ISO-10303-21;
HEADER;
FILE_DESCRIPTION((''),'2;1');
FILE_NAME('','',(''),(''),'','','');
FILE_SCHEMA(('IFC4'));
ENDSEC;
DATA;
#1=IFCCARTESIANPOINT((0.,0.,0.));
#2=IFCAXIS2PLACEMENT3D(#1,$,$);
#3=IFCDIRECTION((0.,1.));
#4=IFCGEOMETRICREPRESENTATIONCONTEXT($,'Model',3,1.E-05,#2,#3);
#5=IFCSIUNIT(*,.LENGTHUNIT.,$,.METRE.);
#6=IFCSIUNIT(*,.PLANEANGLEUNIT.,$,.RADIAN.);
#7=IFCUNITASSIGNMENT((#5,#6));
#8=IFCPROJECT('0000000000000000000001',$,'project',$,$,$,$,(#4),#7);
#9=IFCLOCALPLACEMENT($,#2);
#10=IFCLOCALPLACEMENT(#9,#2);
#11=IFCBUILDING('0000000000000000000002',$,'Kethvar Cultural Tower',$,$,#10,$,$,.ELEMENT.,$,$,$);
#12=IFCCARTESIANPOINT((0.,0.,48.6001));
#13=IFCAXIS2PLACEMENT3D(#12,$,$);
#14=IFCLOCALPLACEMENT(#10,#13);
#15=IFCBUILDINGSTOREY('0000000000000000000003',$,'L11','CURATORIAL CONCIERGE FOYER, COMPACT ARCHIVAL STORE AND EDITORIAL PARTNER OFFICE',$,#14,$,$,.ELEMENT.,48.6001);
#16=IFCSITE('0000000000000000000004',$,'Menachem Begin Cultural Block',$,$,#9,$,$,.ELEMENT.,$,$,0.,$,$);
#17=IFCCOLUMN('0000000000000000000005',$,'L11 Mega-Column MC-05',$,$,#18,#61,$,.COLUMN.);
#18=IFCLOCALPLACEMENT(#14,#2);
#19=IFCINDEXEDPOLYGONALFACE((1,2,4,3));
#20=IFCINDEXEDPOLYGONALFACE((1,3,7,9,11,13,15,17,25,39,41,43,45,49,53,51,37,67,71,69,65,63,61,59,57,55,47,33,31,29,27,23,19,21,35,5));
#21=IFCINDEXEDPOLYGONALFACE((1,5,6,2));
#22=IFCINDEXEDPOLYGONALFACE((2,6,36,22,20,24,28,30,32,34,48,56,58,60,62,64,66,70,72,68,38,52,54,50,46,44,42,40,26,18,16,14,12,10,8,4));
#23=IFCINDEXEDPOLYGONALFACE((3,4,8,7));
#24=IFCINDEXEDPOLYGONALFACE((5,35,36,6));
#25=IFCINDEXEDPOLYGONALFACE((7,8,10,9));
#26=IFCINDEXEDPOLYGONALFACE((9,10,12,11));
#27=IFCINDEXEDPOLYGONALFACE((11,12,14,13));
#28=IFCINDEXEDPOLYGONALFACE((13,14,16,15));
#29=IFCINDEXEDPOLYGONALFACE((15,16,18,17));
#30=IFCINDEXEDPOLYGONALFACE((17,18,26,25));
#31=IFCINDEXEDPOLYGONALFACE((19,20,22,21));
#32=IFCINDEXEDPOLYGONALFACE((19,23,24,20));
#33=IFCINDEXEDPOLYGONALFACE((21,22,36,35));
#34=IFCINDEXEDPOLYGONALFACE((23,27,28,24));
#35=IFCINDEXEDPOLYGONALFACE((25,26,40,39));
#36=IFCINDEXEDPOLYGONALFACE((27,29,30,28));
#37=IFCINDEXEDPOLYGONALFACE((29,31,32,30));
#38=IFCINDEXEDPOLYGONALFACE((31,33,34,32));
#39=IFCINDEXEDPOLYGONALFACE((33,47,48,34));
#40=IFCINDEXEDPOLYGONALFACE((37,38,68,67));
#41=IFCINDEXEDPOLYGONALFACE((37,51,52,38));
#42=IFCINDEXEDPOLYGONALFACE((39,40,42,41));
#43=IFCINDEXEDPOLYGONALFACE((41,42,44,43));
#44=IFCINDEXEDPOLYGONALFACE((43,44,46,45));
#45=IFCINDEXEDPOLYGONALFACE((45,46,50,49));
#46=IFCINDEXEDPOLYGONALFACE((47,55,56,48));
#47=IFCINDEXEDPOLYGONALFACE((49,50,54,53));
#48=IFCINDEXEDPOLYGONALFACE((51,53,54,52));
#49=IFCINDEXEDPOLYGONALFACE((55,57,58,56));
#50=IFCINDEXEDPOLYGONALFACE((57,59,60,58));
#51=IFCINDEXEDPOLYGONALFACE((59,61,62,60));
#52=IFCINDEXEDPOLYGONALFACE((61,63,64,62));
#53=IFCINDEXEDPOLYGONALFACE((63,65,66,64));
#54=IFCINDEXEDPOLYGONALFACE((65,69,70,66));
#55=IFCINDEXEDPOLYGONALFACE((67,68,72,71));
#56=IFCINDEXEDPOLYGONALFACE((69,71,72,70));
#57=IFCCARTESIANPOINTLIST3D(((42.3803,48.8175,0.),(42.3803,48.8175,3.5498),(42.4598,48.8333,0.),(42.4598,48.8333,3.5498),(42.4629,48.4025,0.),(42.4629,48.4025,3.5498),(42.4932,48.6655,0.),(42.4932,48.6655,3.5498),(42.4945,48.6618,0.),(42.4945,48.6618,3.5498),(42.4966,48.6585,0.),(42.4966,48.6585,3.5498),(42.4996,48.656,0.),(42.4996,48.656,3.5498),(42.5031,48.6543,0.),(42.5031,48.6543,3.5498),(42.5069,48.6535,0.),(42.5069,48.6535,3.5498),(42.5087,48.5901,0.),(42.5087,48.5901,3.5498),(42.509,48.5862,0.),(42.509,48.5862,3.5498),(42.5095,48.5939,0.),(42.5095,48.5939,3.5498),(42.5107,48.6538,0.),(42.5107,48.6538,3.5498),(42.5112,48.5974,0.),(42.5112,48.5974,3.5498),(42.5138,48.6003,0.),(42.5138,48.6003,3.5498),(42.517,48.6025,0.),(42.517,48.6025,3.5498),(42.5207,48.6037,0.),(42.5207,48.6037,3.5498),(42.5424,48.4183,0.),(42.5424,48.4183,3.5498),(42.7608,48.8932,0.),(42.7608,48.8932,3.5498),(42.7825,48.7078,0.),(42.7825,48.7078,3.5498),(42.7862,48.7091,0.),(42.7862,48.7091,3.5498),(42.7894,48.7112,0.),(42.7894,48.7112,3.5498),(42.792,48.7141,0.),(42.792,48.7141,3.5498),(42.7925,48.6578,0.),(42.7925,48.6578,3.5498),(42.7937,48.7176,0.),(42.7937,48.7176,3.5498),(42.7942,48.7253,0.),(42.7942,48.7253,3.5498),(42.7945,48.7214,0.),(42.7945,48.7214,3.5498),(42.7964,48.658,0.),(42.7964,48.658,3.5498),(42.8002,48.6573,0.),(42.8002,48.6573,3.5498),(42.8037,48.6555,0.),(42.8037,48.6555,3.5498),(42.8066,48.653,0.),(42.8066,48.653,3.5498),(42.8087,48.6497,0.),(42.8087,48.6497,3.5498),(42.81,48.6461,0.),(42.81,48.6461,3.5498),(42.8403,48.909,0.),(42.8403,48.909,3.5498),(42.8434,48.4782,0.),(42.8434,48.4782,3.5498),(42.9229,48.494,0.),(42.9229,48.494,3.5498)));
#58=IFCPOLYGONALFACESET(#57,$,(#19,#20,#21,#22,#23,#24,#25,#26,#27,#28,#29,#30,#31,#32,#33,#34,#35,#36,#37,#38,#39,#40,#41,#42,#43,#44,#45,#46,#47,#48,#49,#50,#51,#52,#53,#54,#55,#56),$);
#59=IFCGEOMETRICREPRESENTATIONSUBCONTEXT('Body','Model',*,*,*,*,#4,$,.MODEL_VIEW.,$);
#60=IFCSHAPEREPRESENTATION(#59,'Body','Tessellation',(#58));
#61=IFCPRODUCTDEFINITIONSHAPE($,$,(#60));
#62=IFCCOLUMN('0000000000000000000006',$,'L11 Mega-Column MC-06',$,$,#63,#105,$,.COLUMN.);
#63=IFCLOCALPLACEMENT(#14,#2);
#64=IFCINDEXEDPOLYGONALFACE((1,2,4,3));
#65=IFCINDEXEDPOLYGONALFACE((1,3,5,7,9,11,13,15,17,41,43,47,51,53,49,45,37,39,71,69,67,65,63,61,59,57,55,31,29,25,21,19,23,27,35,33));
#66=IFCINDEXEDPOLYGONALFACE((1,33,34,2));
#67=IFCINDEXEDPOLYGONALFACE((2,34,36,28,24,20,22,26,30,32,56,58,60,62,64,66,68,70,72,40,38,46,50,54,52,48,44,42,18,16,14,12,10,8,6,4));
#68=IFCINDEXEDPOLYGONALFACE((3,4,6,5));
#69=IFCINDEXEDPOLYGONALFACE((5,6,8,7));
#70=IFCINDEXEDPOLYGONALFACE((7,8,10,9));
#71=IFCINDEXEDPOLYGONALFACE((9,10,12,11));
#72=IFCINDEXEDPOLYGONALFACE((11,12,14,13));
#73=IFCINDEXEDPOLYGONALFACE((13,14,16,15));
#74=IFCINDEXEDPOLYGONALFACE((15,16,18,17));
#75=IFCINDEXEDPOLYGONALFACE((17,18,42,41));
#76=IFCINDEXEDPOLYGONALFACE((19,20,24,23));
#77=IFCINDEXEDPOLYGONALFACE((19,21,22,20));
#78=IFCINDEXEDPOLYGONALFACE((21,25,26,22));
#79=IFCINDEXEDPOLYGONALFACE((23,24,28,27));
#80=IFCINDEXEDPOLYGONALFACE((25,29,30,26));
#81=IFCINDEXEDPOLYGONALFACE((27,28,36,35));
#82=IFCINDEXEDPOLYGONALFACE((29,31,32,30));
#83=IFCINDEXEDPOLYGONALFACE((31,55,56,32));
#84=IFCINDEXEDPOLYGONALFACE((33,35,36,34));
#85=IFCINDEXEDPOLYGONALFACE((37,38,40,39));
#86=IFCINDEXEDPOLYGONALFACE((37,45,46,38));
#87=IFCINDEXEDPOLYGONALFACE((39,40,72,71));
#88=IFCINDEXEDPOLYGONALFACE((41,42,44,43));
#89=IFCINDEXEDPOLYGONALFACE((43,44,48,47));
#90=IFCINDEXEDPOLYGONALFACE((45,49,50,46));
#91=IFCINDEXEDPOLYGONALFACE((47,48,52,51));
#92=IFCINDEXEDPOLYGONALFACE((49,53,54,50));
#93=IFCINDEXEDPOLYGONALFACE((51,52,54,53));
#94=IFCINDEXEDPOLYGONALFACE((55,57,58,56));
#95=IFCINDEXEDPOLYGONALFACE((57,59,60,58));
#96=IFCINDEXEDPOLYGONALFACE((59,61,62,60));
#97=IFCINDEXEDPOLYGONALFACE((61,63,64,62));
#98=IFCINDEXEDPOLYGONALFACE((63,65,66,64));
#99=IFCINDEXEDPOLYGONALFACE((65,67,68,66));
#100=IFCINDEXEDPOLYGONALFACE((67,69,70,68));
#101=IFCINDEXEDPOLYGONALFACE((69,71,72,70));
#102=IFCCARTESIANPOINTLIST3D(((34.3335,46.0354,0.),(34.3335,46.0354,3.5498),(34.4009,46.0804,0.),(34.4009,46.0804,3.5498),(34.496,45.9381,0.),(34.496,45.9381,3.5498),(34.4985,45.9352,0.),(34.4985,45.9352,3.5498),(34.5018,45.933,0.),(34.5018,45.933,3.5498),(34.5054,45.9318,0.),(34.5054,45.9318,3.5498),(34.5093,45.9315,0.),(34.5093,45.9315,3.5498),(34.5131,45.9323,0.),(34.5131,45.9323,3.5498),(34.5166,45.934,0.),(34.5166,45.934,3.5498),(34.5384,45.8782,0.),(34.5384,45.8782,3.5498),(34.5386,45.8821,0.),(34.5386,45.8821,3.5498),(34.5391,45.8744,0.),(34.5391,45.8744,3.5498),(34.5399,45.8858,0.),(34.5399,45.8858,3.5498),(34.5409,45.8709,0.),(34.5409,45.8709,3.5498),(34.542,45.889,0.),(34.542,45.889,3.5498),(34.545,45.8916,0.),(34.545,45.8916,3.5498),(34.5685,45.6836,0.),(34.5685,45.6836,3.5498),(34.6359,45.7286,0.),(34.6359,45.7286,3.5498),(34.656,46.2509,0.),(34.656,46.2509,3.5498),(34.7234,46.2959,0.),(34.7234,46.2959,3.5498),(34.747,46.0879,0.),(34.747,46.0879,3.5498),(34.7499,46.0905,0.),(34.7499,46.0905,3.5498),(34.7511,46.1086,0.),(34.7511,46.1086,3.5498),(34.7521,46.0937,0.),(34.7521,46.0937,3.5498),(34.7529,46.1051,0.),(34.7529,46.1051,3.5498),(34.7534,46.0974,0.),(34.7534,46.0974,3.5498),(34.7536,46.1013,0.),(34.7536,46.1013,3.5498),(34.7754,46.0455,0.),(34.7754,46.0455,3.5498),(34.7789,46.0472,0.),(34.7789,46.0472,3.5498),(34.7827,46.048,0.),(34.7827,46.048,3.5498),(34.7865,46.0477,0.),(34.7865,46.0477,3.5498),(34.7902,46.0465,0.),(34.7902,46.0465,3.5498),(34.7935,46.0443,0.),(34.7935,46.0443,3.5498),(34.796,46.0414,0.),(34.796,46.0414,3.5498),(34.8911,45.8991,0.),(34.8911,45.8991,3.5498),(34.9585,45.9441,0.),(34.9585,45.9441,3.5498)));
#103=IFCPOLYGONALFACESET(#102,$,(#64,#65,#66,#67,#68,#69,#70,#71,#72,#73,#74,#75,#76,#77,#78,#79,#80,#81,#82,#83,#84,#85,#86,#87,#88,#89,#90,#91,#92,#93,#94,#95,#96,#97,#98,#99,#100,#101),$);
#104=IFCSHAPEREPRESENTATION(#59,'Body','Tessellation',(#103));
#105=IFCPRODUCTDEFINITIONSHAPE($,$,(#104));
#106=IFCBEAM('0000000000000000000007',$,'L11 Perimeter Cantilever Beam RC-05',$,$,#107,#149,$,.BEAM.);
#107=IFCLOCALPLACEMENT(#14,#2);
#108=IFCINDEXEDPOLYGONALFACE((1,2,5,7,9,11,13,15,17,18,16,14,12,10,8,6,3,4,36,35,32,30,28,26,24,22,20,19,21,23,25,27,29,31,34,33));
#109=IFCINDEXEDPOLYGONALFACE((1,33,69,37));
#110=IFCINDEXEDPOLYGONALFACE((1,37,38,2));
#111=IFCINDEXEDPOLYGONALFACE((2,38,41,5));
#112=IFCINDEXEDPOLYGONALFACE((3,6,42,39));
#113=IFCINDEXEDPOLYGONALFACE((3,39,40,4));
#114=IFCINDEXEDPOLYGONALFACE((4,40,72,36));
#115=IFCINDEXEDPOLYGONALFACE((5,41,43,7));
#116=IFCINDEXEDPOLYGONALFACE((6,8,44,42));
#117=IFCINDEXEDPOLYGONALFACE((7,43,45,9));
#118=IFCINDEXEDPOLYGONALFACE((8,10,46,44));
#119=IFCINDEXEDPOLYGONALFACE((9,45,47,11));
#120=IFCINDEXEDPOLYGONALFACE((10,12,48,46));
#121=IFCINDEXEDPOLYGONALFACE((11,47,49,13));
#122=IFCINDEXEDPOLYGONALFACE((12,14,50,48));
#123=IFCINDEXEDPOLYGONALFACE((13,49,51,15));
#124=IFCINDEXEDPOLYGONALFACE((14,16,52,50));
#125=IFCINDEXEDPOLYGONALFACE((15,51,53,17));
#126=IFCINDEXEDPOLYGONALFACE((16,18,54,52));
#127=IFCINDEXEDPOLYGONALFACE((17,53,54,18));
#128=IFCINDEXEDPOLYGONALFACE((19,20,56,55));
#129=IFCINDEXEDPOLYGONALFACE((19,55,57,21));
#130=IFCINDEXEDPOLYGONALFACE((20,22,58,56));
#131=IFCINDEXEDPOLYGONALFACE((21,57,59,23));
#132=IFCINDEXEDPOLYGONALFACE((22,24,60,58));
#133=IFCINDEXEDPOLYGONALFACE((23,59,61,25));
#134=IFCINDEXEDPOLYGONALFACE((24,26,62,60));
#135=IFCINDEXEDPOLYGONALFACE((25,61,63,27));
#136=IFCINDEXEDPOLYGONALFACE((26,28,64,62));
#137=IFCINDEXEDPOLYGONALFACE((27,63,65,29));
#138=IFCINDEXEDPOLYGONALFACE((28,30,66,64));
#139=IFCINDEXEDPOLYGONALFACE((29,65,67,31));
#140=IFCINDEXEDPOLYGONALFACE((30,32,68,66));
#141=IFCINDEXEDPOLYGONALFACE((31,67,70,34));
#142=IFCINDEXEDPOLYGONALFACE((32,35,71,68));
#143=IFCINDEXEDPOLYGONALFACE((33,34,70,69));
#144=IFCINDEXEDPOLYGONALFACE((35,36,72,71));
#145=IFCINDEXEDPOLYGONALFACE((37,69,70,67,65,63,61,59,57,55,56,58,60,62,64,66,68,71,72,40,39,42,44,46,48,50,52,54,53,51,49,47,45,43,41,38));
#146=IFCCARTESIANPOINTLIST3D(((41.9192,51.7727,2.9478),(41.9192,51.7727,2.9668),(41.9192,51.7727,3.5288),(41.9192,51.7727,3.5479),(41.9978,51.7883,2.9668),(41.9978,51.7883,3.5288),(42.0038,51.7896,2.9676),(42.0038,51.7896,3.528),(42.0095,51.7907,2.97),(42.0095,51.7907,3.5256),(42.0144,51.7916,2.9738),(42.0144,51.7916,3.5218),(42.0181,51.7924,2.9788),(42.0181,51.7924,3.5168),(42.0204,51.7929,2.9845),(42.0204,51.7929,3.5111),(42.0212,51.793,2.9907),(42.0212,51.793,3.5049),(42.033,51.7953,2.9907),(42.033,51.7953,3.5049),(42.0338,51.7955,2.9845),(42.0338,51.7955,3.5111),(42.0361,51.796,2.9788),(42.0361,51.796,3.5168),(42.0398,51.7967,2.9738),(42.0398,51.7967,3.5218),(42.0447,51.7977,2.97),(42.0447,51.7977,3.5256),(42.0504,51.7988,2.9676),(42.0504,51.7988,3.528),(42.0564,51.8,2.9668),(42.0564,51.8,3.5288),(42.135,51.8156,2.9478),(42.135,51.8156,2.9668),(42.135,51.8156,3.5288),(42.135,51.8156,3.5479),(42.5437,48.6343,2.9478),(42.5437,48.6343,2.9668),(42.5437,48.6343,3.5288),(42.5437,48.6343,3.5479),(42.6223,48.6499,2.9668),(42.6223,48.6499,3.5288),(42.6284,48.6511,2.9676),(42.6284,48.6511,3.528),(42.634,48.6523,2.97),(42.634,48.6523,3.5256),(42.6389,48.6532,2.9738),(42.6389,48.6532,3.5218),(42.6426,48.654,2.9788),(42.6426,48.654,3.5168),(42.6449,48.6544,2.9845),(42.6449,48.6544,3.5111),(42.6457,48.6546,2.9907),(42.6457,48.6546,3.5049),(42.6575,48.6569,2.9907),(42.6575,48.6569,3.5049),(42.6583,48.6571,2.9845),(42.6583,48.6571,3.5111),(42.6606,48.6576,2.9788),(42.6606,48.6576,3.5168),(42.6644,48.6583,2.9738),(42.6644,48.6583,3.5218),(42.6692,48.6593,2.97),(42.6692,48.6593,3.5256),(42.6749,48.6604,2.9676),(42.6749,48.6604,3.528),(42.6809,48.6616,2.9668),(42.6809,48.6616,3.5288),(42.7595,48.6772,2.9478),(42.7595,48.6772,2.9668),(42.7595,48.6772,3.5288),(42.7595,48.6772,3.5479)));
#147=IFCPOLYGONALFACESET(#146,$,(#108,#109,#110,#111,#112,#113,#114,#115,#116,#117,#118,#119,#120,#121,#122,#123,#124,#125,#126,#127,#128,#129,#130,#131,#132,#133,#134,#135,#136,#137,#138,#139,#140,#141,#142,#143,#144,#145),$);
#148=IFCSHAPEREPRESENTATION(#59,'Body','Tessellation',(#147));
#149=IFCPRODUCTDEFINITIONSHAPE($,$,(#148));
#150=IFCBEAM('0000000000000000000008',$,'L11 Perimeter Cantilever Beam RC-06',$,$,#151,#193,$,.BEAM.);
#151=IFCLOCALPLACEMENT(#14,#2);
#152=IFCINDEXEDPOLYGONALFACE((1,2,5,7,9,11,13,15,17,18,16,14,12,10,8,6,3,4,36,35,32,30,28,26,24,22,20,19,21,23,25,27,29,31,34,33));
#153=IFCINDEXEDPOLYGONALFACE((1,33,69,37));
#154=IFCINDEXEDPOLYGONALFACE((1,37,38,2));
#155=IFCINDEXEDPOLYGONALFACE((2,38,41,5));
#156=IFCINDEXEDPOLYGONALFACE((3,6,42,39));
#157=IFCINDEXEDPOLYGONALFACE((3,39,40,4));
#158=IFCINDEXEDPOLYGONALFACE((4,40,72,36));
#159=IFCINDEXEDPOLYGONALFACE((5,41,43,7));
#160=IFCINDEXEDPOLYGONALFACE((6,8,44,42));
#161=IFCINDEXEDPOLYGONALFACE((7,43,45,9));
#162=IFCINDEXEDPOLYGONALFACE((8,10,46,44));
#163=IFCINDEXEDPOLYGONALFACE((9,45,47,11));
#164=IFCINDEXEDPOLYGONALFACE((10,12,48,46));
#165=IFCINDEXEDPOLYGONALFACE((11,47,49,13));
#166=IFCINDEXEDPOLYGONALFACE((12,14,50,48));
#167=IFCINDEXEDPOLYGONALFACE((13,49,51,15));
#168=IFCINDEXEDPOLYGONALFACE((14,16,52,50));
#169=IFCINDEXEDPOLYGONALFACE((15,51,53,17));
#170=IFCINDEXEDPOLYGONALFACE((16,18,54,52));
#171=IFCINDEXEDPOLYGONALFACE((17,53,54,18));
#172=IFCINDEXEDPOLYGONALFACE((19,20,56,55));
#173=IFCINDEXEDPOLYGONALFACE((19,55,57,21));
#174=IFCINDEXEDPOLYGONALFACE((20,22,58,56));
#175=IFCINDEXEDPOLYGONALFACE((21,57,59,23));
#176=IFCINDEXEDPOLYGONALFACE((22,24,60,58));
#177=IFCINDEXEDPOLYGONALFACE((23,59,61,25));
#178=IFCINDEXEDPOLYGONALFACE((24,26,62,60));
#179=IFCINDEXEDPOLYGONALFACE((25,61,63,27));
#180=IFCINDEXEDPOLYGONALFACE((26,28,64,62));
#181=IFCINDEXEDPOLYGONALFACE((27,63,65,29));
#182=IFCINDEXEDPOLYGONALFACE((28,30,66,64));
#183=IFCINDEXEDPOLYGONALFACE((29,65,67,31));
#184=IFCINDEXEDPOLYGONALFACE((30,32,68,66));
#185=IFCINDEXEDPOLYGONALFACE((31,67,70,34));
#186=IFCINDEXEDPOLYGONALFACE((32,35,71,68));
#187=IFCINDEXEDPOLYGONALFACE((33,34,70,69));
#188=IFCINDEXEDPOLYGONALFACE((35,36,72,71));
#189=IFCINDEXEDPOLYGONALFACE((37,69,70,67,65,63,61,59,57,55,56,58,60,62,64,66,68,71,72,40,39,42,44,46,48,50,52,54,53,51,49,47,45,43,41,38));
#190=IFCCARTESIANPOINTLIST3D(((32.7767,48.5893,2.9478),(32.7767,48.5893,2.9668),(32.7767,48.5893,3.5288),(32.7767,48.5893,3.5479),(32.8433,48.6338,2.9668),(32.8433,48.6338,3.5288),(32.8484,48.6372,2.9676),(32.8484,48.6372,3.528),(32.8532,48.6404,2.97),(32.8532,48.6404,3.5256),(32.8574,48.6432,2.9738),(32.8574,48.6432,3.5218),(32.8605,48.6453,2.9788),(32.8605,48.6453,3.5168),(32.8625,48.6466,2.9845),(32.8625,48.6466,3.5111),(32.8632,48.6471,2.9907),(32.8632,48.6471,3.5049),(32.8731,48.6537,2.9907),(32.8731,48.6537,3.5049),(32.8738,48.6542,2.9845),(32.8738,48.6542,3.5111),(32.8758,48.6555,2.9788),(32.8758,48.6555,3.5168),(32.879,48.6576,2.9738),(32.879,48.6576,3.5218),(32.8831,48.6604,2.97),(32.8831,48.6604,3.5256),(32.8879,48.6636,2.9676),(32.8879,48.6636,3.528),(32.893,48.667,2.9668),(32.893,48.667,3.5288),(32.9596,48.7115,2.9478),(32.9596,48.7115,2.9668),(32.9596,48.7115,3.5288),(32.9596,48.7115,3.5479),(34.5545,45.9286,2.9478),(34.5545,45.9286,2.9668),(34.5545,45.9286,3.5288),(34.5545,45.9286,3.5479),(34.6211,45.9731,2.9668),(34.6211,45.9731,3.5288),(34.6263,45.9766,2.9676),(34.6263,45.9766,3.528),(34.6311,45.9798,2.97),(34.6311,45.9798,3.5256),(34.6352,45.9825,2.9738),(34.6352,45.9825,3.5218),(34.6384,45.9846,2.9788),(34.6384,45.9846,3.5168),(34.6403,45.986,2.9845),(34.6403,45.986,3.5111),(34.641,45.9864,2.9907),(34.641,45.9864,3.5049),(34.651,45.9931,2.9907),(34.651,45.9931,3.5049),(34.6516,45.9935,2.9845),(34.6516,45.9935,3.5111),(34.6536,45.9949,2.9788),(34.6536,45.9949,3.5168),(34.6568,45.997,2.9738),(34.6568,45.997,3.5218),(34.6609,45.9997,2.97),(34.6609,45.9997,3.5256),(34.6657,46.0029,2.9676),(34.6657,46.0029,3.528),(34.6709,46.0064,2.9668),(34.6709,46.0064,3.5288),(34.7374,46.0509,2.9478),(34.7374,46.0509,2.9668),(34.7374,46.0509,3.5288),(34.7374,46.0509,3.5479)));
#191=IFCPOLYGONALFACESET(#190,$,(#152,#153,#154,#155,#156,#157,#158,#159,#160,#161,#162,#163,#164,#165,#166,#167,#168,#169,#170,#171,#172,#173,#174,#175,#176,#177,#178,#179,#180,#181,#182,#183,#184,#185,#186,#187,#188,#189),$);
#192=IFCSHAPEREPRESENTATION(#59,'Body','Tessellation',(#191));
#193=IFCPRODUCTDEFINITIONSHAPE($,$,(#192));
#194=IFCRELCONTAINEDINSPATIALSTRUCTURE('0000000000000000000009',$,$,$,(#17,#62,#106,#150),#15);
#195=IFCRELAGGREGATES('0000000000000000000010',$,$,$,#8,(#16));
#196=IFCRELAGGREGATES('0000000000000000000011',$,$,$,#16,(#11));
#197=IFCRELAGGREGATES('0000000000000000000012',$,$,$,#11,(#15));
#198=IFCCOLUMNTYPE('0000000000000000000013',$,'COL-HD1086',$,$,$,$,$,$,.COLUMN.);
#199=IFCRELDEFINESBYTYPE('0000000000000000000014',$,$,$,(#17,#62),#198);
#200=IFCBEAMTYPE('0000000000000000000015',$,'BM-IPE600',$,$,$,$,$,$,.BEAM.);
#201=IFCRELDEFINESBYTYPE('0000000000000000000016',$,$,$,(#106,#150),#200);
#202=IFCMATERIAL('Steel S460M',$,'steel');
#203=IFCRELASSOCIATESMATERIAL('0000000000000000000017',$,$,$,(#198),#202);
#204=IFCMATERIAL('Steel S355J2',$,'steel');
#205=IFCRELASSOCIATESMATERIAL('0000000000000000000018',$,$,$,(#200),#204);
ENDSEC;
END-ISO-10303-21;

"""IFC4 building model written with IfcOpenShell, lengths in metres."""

from ifc_helpers import new_model, si_unit, direction, frame, origin, origin_2d, place, context, subcontext, project, spatial, i_section, extrude, source, transform, mapped, material, material_profile, profile_set, type_object, element, save


model = new_model("IFC4")

# Units and contexts
model_context = context("Model", 3, precision=1e-05, world=origin(), true_north=direction((0.0, 1.0)))
body_context = subcontext(model_context, "Body", "Model", "MODEL_VIEW")
ifc_project = project(units=[si_unit("LENGTHUNIT", "METRE"), si_unit("PLANEANGLEUNIT", "RADIAN")], contexts=[model_context])

# Site, building, storey
site_placement = place(None, origin())
site = spatial("IfcSite", under=ifc_project, at=site_placement, Name="Menachem Begin Cultural Block", CompositionType="ELEMENT", RefElevation=0.0)
building_placement = place(site_placement, origin())
building = spatial("IfcBuilding", under=site, at=building_placement, Name="Kethvar Cultural Tower", CompositionType="ELEMENT")
storey_placement = place(building_placement, frame((0.0, 0.0, 48.6001)))
storey = spatial("IfcBuildingStorey", under=building, at=storey_placement, Name="L11", Description="CURATORIAL CONCIERGE FOYER, COMPACT ARCHIVAL STORE AND EDITORIAL PARTNER OFFICE", CompositionType="ELEMENT", Elevation=48.6001)

# Columns
ifc_material_1 = material(Name="Steel S460M", Category="steel")
ifc_material_profile_1 = material_profile(ifc_material_1, i_section(OverallWidth=0.4231, OverallDepth=0.469, WebThickness=0.051, FlangeThickness=0.0811, FilletRadius=0.0149, at=origin_2d()), Name="Steel S460M — HD400x1086")
ifc_profile_set_1 = profile_set([ifc_material_profile_1], Name="Steel S460M — HD400x1086")
column_type = type_object("IfcColumnType", Name="COL-HD1086", PredefinedType="COLUMN", material=ifc_profile_set_1)
shared_shape_1 = source(origin(), body_context, "Body", "SweptSolid", [
    extrude(i_section(OverallWidth=0.4231, OverallDepth=0.469, WebThickness=0.051, FlangeThickness=0.0811, FilletRadius=0.0149, at=origin_2d()), origin(), (0.0, 0.0, 1.0), 3.5498),
])
for number, where, z_axis, x_axis, name in (
    (1, (42.6516, 48.6558, 0.0), (0.0, 0.0, 1.0), (-0.19509, 0.980785, 0.0), "L11 Mega-Column MC-05"),
    (2, (34.646, 45.9897, 0.0), (0.0, 0.0, 1.0), (-0.55557, 0.83147, 0.0), "L11 Mega-Column MC-06"),
):
    element("IfcColumn", number, at=place(storey_placement, frame(where, z_axis=z_axis, x_axis=x_axis)), inside=storey, type_object=column_type, Name=name, PredefinedType="COLUMN", context=body_context, shape_type="MappedRepresentation", body=[
        mapped(shared_shape_1, transform((0.0, 0.0, 0.0), scale=1.0)),
    ])

# Beams
ifc_material_2 = material(Name="Steel S355J2", Category="steel")
ifc_material_profile_2 = material_profile(ifc_material_2, i_section(OverallWidth=0.22, OverallDepth=0.6001, WebThickness=0.012, FlangeThickness=0.019, FilletRadius=0.0239, at=origin_2d()), Name="Steel S355J2 — IPE600")
ifc_profile_set_2 = profile_set([ifc_material_profile_2], Name="Steel S355J2 — IPE600")
beam_type_1 = type_object("IfcBeamType", Name="BM-IPE600", PredefinedType="BEAM", material=ifc_profile_set_2)
shared_shape_2 = source(origin(), body_context, "Body", "SweptSolid", [
    extrude(i_section(OverallWidth=0.22, OverallDepth=0.6001, WebThickness=0.012, FlangeThickness=0.019, FilletRadius=0.0239, at=origin_2d()), origin(), (0.0, 0.0, 1.0), 3.2),
])
for number, where, z_axis, x_axis, name in (
    (3, (42.6516, 48.6558, 3.2478), (-0.195162, 0.980771, 0.0), (-0.980771, -0.195162, 0.0), "L11 Perimeter Cantilever Beam RC-05"),
    (4, (34.646, 45.9897, 3.2478), (-0.55558, 0.831463, 0.0), (-0.831463, -0.55558, 0.0), "L11 Perimeter Cantilever Beam RC-06"),
):
    element("IfcBeam", number, at=place(storey_placement, frame(where, z_axis=z_axis, x_axis=x_axis)), inside=storey, type_object=beam_type_1, Name=name, PredefinedType="BEAM", context=body_context, shape_type="MappedRepresentation", body=[
        mapped(shared_shape_2, transform((0.0, 0.0, 0.0), scale=1.0)),
    ])

save(model, "model.ifc")
